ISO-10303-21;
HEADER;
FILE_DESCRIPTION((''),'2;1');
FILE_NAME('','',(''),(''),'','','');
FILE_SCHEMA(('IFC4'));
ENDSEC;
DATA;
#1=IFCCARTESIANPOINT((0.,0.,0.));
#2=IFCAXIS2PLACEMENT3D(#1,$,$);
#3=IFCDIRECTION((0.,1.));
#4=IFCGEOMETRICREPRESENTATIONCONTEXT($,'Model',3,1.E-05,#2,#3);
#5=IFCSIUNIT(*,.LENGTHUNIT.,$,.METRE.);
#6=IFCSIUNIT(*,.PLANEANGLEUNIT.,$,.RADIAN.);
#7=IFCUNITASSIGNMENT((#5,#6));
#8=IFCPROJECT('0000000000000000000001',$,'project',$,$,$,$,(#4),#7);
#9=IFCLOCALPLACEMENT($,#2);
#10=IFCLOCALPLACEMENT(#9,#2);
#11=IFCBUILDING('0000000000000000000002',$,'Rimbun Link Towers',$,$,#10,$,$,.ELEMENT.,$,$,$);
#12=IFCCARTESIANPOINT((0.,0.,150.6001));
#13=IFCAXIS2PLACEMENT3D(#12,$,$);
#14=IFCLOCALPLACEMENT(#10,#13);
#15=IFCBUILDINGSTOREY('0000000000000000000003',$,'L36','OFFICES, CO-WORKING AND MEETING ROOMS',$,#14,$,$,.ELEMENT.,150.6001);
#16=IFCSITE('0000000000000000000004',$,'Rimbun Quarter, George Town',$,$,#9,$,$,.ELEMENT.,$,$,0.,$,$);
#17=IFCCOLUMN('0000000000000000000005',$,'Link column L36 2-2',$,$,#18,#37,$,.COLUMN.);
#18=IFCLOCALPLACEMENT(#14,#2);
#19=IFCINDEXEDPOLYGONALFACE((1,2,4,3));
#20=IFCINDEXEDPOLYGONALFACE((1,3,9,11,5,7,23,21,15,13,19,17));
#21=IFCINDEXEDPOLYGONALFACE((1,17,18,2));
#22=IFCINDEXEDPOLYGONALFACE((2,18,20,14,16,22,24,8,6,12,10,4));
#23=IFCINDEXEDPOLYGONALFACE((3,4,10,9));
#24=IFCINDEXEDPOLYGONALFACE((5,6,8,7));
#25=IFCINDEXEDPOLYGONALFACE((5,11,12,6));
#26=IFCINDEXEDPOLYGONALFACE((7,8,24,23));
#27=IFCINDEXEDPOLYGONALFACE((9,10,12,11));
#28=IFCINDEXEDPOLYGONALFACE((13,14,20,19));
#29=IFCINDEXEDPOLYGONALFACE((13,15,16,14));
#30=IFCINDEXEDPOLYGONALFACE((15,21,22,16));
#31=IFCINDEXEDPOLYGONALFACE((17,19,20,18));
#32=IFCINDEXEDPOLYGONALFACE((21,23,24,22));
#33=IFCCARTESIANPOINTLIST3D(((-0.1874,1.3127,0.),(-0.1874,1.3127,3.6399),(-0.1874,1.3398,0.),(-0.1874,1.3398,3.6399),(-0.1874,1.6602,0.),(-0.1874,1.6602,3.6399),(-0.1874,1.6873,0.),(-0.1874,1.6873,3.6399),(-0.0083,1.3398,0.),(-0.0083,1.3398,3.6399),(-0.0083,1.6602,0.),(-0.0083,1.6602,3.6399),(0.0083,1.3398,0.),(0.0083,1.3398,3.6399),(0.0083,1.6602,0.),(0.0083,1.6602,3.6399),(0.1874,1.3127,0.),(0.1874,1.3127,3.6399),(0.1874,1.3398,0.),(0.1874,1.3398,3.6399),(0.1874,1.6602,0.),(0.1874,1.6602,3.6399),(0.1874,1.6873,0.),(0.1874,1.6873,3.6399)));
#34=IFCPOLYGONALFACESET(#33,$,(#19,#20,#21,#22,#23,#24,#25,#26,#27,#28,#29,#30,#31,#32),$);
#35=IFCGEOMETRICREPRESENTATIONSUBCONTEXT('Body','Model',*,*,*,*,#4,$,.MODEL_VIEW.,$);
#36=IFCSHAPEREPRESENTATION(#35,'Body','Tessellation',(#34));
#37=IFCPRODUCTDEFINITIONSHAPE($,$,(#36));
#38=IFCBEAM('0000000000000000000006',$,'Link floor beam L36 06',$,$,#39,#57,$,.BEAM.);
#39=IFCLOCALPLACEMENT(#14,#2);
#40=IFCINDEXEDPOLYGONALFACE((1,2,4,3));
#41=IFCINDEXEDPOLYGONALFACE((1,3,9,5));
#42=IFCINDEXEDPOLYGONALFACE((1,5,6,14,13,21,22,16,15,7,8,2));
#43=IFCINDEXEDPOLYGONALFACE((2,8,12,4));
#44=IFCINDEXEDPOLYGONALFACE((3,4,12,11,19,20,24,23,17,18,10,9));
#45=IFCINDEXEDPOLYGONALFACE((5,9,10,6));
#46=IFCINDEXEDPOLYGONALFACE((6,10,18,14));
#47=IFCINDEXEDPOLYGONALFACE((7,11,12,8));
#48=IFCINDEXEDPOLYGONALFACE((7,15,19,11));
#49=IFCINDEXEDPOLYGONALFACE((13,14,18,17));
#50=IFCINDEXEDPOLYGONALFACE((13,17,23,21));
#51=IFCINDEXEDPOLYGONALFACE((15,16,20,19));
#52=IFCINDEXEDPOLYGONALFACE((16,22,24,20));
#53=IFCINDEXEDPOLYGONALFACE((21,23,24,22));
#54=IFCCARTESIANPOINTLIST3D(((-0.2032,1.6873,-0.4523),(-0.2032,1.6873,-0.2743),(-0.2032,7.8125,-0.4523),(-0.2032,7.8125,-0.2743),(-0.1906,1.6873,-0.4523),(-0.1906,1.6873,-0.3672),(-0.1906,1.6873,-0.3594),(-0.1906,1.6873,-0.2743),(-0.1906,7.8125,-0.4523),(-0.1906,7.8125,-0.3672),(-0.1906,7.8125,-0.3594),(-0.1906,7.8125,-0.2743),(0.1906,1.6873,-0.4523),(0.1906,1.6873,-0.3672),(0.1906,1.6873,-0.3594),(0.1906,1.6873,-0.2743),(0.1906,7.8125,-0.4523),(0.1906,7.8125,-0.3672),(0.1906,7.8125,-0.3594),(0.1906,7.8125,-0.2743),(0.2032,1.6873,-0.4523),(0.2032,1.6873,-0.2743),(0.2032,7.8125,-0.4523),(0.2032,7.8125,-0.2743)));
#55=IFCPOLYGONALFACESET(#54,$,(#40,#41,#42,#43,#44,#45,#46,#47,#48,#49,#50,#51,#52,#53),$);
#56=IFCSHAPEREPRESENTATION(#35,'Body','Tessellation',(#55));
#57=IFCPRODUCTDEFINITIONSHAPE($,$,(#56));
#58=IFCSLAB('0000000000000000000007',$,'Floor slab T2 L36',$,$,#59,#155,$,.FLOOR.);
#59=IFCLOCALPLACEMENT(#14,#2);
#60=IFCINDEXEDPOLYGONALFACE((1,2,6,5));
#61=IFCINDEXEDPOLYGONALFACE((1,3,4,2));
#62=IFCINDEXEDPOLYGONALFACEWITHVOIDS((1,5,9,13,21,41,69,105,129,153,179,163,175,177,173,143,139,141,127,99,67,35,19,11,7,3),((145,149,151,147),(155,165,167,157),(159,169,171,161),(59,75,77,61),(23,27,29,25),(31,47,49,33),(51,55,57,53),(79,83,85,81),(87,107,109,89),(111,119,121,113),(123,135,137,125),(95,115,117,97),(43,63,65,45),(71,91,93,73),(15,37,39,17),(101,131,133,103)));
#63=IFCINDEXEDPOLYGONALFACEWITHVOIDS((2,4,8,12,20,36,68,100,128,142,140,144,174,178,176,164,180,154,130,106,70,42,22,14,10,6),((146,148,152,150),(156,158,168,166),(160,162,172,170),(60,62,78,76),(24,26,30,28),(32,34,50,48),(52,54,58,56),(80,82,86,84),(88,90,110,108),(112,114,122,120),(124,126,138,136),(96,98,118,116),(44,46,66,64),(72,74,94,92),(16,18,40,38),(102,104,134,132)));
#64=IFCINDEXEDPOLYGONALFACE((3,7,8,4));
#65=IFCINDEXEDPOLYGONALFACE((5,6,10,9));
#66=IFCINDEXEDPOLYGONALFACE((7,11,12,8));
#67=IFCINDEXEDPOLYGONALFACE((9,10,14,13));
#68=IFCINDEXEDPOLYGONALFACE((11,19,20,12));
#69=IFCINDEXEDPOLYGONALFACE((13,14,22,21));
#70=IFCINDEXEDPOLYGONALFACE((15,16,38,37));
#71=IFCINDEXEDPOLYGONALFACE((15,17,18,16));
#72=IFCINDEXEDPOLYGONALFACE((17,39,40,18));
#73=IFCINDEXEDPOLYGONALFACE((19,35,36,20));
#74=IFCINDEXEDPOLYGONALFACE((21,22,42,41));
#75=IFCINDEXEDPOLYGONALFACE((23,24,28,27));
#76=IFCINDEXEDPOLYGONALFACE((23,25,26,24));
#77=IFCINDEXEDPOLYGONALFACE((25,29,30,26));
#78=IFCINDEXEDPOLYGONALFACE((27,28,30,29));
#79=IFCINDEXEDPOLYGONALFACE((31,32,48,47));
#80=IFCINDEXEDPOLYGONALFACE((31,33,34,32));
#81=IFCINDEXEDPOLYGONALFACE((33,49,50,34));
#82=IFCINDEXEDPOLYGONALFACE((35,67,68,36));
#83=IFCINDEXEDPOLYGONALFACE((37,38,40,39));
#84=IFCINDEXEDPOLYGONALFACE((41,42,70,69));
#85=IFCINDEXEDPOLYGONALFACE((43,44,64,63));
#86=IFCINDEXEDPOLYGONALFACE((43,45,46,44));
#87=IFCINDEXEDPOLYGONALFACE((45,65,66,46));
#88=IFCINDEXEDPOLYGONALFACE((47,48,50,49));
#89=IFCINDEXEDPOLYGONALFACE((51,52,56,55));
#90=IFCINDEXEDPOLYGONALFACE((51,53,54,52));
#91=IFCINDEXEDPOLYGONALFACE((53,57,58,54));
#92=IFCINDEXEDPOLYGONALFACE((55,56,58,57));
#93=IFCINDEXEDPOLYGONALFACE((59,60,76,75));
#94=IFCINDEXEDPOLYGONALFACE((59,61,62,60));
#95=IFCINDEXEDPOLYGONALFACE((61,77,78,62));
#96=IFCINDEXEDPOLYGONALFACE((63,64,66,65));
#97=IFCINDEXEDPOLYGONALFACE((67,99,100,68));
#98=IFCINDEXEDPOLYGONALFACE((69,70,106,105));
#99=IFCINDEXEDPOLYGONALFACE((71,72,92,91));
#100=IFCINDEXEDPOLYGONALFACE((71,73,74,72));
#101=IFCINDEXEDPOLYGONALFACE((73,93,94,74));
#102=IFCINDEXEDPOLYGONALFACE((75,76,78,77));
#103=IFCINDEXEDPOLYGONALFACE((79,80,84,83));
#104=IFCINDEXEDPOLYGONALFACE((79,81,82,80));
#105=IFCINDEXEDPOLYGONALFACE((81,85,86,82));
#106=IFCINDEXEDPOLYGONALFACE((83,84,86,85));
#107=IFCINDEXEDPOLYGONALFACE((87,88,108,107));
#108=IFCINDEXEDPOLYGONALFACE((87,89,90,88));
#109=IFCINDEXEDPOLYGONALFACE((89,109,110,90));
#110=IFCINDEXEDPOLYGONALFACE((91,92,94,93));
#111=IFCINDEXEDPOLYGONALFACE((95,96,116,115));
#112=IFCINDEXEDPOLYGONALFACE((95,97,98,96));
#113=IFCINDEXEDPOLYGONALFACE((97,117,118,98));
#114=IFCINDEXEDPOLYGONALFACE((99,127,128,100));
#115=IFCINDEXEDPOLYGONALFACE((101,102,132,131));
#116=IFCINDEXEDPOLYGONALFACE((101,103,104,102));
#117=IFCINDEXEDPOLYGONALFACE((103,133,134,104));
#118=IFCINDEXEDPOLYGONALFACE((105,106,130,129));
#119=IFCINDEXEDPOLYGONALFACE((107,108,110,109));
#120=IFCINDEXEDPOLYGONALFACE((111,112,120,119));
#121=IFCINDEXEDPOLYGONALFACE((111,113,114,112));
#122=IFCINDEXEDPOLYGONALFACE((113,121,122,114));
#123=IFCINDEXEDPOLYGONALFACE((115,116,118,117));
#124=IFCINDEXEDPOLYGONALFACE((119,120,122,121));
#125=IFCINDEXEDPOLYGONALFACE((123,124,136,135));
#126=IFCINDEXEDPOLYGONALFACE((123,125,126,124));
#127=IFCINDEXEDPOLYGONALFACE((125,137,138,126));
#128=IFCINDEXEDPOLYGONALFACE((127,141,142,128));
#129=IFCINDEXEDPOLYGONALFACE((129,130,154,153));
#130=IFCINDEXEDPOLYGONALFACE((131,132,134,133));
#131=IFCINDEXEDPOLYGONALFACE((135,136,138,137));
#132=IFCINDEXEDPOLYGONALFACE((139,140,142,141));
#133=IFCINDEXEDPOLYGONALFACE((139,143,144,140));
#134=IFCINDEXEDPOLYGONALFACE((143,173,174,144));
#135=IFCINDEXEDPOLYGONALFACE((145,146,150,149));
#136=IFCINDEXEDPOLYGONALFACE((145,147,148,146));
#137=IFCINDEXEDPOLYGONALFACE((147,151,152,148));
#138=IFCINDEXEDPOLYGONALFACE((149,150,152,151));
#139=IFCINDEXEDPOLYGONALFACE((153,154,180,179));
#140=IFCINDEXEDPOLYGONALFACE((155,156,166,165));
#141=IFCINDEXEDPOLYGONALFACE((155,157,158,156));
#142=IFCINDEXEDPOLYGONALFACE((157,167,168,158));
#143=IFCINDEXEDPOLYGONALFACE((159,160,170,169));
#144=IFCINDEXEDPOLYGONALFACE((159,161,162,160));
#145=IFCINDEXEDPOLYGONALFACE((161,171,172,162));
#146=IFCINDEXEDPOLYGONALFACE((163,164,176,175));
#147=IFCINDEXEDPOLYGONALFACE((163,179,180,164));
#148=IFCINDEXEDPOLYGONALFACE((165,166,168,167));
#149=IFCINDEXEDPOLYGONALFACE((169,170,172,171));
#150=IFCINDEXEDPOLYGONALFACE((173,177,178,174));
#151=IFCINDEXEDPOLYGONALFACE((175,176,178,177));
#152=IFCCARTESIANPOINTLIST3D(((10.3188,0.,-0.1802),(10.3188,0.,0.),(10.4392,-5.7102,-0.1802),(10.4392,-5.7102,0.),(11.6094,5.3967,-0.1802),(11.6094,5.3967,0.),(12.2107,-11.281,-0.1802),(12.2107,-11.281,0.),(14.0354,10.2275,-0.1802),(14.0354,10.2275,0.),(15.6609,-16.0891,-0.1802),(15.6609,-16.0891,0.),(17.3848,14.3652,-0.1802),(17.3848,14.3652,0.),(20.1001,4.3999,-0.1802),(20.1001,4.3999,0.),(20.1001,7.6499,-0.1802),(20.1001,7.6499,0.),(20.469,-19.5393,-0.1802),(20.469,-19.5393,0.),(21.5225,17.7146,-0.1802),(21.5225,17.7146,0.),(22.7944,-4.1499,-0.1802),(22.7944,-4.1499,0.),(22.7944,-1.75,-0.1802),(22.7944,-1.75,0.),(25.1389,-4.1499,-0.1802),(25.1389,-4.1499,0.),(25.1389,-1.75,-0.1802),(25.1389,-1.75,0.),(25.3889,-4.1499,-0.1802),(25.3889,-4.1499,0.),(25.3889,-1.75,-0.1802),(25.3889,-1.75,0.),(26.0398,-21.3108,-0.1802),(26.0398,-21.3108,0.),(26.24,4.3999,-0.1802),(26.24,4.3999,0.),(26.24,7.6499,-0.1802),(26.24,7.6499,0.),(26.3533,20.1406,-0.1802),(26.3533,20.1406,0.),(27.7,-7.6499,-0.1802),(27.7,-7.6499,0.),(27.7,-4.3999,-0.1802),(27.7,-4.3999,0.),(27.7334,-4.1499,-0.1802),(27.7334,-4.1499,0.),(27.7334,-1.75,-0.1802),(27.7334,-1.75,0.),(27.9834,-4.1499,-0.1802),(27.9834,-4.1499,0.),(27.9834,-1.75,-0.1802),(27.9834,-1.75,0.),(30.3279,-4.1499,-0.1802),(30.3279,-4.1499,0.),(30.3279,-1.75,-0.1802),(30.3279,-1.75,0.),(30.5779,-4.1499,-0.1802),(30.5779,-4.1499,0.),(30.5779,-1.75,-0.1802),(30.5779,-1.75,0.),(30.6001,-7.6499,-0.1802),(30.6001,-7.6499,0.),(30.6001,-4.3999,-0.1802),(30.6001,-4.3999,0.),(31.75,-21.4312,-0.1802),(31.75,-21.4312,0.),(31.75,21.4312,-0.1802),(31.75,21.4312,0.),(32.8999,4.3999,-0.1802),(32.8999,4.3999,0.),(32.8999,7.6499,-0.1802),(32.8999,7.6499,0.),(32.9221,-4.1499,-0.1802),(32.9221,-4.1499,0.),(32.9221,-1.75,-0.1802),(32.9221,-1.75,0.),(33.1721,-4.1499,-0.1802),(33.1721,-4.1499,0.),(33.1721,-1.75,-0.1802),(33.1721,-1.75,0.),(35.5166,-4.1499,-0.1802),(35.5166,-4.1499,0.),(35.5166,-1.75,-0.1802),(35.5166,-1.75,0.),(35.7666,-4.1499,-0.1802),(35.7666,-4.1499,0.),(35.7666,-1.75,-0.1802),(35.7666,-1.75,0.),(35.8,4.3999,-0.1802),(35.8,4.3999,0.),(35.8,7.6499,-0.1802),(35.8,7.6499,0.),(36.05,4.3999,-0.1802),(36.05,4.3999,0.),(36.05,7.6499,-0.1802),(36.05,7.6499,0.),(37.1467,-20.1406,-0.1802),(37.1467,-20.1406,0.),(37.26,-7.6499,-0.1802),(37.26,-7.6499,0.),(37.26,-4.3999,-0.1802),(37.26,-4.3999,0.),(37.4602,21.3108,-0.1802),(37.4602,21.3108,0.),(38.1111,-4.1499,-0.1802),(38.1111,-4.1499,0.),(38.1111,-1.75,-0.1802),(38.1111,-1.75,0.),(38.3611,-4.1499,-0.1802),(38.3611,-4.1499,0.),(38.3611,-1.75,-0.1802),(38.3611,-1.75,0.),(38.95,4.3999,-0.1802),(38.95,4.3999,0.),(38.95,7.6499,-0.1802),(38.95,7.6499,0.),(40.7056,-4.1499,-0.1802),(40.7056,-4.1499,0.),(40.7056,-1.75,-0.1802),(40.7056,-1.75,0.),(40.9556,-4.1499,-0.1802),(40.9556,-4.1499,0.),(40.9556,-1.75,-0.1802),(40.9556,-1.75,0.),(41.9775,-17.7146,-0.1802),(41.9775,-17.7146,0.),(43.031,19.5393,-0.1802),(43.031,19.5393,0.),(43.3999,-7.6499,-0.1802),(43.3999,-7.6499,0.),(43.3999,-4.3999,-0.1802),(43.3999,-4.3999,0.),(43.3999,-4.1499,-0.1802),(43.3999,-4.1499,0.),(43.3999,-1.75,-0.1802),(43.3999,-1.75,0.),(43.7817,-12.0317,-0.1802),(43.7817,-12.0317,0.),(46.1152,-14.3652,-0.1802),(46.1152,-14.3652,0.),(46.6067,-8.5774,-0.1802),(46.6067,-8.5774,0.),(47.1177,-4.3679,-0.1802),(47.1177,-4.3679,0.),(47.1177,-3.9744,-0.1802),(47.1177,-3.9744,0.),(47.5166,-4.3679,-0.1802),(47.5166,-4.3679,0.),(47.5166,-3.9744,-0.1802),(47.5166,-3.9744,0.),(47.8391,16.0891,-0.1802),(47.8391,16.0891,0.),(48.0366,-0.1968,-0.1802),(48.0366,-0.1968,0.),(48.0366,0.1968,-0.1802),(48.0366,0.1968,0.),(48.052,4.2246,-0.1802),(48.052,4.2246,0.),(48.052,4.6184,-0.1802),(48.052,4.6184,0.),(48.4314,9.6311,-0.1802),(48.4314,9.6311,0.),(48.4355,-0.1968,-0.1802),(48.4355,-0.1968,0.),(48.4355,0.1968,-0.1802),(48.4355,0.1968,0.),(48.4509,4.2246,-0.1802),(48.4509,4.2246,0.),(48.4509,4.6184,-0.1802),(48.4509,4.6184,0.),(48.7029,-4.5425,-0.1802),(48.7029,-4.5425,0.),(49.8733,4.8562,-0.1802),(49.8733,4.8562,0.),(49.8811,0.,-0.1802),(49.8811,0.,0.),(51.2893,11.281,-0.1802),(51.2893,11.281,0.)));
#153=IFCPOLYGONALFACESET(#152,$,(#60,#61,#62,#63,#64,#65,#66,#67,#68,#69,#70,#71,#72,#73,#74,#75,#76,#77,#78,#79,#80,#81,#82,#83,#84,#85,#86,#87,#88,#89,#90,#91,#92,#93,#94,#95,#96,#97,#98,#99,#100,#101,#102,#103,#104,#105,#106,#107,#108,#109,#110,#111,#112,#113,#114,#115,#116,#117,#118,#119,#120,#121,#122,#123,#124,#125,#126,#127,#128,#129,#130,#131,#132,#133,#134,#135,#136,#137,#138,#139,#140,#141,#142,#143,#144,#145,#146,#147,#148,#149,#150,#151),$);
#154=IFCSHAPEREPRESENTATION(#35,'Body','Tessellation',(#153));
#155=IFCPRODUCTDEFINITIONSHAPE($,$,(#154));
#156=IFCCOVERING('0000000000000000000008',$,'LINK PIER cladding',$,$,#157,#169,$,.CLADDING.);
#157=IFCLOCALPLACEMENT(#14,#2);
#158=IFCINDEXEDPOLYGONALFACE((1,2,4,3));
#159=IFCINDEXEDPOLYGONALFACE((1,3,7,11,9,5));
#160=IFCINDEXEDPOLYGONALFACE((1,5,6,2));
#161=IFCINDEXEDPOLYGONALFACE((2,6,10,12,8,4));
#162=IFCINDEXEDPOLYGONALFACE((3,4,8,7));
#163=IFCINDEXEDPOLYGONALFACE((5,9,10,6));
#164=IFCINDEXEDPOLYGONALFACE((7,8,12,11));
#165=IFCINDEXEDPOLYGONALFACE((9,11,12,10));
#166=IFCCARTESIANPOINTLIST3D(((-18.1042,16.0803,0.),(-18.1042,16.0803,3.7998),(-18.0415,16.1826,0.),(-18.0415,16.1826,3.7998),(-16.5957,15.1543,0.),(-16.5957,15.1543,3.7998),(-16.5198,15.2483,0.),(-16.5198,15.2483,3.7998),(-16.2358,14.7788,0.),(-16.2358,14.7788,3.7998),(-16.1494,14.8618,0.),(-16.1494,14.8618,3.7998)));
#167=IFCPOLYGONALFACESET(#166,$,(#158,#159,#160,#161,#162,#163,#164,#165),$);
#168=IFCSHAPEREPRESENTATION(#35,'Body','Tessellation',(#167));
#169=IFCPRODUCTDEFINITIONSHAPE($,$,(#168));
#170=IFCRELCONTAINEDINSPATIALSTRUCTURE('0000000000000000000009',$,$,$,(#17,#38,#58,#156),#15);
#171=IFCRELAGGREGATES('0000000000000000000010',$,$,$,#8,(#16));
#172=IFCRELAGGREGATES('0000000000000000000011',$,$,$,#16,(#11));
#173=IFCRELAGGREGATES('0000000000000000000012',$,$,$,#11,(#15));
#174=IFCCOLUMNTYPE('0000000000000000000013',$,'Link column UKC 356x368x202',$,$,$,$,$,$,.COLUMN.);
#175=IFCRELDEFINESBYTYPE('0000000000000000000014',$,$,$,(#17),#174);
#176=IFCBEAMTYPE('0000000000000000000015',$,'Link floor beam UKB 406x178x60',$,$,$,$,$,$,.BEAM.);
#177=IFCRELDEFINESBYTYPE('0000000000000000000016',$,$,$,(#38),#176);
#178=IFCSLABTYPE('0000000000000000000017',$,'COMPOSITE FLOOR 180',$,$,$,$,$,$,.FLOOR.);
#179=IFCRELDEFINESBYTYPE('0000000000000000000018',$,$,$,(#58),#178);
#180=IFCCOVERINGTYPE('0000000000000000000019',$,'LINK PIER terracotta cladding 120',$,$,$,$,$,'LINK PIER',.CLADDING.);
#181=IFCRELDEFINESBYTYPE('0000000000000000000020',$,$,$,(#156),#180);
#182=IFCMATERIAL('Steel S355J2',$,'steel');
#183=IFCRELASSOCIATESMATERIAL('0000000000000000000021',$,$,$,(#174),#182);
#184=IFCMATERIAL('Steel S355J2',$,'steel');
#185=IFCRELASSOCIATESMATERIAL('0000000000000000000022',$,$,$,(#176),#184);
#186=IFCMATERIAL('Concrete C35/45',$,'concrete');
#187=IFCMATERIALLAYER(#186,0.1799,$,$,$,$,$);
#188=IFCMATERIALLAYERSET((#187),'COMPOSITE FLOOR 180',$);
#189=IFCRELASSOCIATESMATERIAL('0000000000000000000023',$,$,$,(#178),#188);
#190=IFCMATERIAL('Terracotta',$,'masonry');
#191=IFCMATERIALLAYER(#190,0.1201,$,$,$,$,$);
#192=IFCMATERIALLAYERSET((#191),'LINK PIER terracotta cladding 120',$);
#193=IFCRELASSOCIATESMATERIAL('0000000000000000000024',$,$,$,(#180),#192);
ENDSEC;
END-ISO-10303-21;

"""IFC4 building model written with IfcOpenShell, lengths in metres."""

from ifc_helpers import new_model, si_unit, direction, frame, origin, origin_2d, place, context, subcontext, project, spatial, polyline, i_section, outline, extrude, material, layer, layer_set, material_profile, profile_set, type_object, element, save


model = new_model("IFC4")

# Units and contexts
model_context = context("Model", 3, precision=1e-05, world=origin(), true_north=direction((0.0, 1.0)))
body_context = subcontext(model_context, "Body", "Model", "MODEL_VIEW")
ifc_project = project(units=[si_unit("LENGTHUNIT", "METRE"), si_unit("PLANEANGLEUNIT", "RADIAN")], contexts=[model_context])

# Site, building, storey
site_placement = place(None, origin())
site = spatial("IfcSite", under=ifc_project, at=site_placement, Name="Rimbun Quarter, George Town", CompositionType="ELEMENT", RefElevation=0.0)
building_placement = place(site_placement, origin())
building = spatial("IfcBuilding", under=site, at=building_placement, Name="Rimbun Link Towers", CompositionType="ELEMENT")
storey_placement = place(building_placement, frame((0.0, 0.0, 150.6001)))
storey = spatial("IfcBuildingStorey", under=building, at=storey_placement, Name="L36", Description="OFFICES, CO-WORKING AND MEETING ROOMS", CompositionType="ELEMENT", Elevation=150.6001)

# Column
ifc_material_1 = material(Name="Steel S355J2", Category="steel")
ifc_material_profile_1 = material_profile(ifc_material_1, i_section(OverallWidth=0.3748, OverallDepth=0.3745, WebThickness=0.0166, FlangeThickness=0.0271, at=origin_2d()), Name="UKC 356x368x202")
ifc_profile_set_1 = profile_set([ifc_material_profile_1], Name="Steel S355J2")
column_type = type_object("IfcColumnType", Name="Link column UKC 356x368x202", PredefinedType="COLUMN", material=ifc_profile_set_1)
column_placement = place(storey_placement, frame((0.0, 1.5, 0.0), z_axis=(0.0, 0.0, 1.0), x_axis=(1.0, 0.0, 0.0)))
element("IfcColumn", 1, at=column_placement, inside=storey, type_object=column_type, Name="Link column L36 2-2", PredefinedType="COLUMN", context=body_context, shape_type="SweptSolid", body=[
    extrude(i_section(OverallWidth=0.3748, OverallDepth=0.3745, WebThickness=0.0166, FlangeThickness=0.0271, at=origin_2d()), origin(), (0.0, 0.0, 1.0), 3.6399),
])

# Beam
ifc_material_2 = material(Name="Steel S355J2", Category="steel")
ifc_material_profile_2 = material_profile(ifc_material_2, i_section(OverallWidth=0.178, OverallDepth=0.4065, WebThickness=0.0078, FlangeThickness=0.0127, at=origin_2d()), Name="UKB 406x178x60")
ifc_profile_set_2 = profile_set([ifc_material_profile_2], Name="Steel S355J2")
beam_type = type_object("IfcBeamType", Name="Link floor beam UKB 406x178x60", PredefinedType="BEAM", material=ifc_profile_set_2)
beam_placement = place(storey_placement, frame((0.0, 1.6873, -0.3633), z_axis=(0.0, 1.0, 0.0), x_axis=(0.0, 0.0, 1.0)))
element("IfcBeam", 2, at=beam_placement, inside=storey, type_object=beam_type, Name="Link floor beam L36 06", PredefinedType="BEAM", context=body_context, shape_type="SweptSolid", body=[
    extrude(i_section(OverallWidth=0.178, OverallDepth=0.4065, WebThickness=0.0078, FlangeThickness=0.0127, at=origin_2d()), origin(), (0.0, 0.0, 1.0), 6.1252),
])

# Slab
ifc_material_3 = material(Name="Concrete C35/45", Category="concrete")
ifc_layer_1 = layer(ifc_material_3, 0.1799)
ifc_layer_set_1 = layer_set([ifc_layer_1], Name="COMPOSITE FLOOR 180")
slab_type_1 = type_object("IfcSlabType", Name="COMPOSITE FLOOR 180", PredefinedType="FLOOR", material=ifc_layer_set_1)
slab_1_placement = place(storey_placement, frame((0.0, 0.0, -0.1802)))
element("IfcSlab", 3, at=slab_1_placement, inside=storey, type_object=slab_type_1, Name="Floor slab T2 L36", PredefinedType="FLOOR", context=body_context, shape_type="SweptSolid", body=[
    extrude(outline(polyline([(41.9775, -17.7146), (37.1467, -20.1406), (31.75, -21.4312), (26.0398, -21.3108), (20.469, -19.5393), (15.6609, -16.0891), (12.2107, -11.281), (10.4392, -5.7102), (10.3188, 0.0), (11.6094, 5.3967), (14.0354, 10.2275), (17.3848, 14.3652), (21.5225, 17.7146), (26.3533, 20.1406), (31.75, 21.4312), (37.4602, 21.3108), (43.031, 19.5393), (47.8391, 16.0891), (51.2893, 11.281), (48.4314, 9.6311), (49.8733, 4.8562), (49.8811, 0.0), (48.7029, -4.5425), (46.6067, -8.5774), (43.7817, -12.0317), (46.1152, -14.3652), (41.9775, -17.7146)]), holes=[polyline([(30.6001, -7.6499), (30.6001, -4.3999), (27.7, -4.3999), (27.7, -7.6499), (30.6001, -7.6499)]), polyline([(25.1389, -4.1499), (25.1389, -1.75), (22.7944, -1.75), (22.7944, -4.1499), (25.1389, -4.1499)]), polyline([(27.7334, -4.1499), (27.7334, -1.75), (25.3889, -1.75), (25.3889, -4.1499), (27.7334, -4.1499)]), polyline([(30.3279, -4.1499), (30.3279, -1.75), (27.9834, -1.75), (27.9834, -4.1499), (30.3279, -4.1499)]), polyline([(32.9221, -4.1499), (32.9221, -1.75), (30.5779, -1.75), (30.5779, -4.1499), (32.9221, -4.1499)]), polyline([(35.5166, -4.1499), (35.5166, -1.75), (33.1721, -1.75), (33.1721, -4.1499), (35.5166, -4.1499)]), polyline([(26.24, 4.3999), (26.24, 7.6499), (20.1001, 7.6499), (20.1001, 4.3999), (26.24, 4.3999)]), polyline([(35.8, 4.3999), (35.8, 7.6499), (32.8999, 7.6499), (32.8999, 4.3999), (35.8, 4.3999)]), polyline([(43.3999, -7.6499), (43.3999, -4.3999), (37.26, -4.3999), (37.26, -7.6499), (43.3999, -7.6499)]), polyline([(47.5166, -4.3679), (47.5166, -3.9744), (47.1177, -3.9744), (47.1177, -4.3679), (47.5166, -4.3679)]), polyline([(38.1111, -4.1499), (38.1111, -1.75), (35.7666, -1.75), (35.7666, -4.1499), (38.1111, -4.1499)]), polyline([(40.7056, -4.1499), (40.7056, -1.75), (38.3611, -1.75), (38.3611, -4.1499), (40.7056, -4.1499)]), polyline([(43.3999, -4.1499), (43.3999, -1.75), (40.9556, -1.75), (40.9556, -4.1499), (43.3999, -4.1499)]), polyline([(48.4355, -0.1968), (48.4355, 0.1968), (48.0366, 0.1968), (48.0366, -0.1968), (48.4355, -0.1968)]), polyline([(48.4509, 4.2246), (48.4509, 4.6184), (48.052, 4.6184), (48.052, 4.2246), (48.4509, 4.2246)]), polyline([(38.95, 4.3999), (38.95, 7.6499), (36.05, 7.6499), (36.05, 4.3999), (38.95, 4.3999)])]), origin(), (0.0, 0.0, 1.0), 0.1802),
])

# Covering
ifc_material_4 = material(Name="Terracotta", Category="masonry")
ifc_layer_2 = layer(ifc_material_4, 0.1201)
ifc_layer_set_2 = layer_set([ifc_layer_2], Name="LINK PIER terracotta cladding 120")
covering_type = type_object("IfcCoveringType", Name="LINK PIER terracotta cladding 120", ElementType="LINK PIER", PredefinedType="CLADDING", material=ifc_layer_set_2)
covering_placement = place(storey_placement, origin())
element("IfcCovering", 4, at=covering_placement, inside=storey, type_object=covering_type, Name="LINK PIER cladding", PredefinedType="CLADDING", context=body_context, shape_type="SweptSolid", body=[
    extrude(outline(polyline([(-18.1042, 16.0803), (-16.5957, 15.1543), (-16.2358, 14.7788), (-16.1494, 14.8618), (-16.5198, 15.2483), (-18.0415, 16.1826), (-18.1042, 16.0803)])), origin(), (0.0, 0.0, 1.0), 3.7998),
])

save(model, "model.ifc")
